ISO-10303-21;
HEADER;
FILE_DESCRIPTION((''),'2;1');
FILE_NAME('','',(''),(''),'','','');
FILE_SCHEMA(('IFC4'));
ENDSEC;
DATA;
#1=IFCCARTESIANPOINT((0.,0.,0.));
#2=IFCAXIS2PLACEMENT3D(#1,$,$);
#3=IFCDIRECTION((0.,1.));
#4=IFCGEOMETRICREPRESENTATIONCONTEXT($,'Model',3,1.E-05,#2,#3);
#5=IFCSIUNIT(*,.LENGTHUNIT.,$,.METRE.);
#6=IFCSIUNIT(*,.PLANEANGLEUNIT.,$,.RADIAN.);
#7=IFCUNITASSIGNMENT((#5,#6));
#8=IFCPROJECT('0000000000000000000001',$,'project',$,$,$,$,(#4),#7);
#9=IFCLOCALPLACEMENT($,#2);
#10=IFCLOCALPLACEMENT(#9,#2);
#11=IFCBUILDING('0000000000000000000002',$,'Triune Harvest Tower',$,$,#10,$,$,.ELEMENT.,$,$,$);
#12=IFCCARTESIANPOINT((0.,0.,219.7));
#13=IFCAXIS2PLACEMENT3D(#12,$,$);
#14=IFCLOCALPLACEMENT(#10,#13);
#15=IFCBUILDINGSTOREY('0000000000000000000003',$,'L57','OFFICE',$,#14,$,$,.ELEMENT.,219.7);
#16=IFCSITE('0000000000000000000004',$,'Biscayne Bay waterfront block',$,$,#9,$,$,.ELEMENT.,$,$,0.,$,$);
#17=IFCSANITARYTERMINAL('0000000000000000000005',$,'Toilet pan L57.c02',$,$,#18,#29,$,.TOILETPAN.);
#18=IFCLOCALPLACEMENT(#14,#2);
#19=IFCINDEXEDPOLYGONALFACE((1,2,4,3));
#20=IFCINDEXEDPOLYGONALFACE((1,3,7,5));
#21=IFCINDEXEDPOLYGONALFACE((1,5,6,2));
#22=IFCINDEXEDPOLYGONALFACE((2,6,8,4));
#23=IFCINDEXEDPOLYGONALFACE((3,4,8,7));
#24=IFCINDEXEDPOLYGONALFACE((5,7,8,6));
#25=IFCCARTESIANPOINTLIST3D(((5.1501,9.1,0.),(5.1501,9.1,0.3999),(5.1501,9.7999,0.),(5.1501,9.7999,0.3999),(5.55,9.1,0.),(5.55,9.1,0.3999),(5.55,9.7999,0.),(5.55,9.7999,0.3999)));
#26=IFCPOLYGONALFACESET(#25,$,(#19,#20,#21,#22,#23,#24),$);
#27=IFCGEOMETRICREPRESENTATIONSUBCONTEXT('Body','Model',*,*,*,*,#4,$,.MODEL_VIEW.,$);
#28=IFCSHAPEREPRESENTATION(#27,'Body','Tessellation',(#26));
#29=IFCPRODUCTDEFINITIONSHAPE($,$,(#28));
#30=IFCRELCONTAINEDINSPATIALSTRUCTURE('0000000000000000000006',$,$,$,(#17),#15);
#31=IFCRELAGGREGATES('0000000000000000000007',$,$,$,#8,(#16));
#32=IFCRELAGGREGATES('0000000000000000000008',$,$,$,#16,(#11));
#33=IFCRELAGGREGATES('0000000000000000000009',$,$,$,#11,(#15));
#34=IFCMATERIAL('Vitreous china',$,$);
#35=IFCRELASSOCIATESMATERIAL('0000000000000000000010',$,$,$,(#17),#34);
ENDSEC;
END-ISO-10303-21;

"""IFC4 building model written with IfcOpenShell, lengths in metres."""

from ifc_helpers import new_model, si_unit, direction, frame, origin, origin_2d, place, context, subcontext, project, spatial, rectangle, extrude, source, transform, mapped, material, element, save


model = new_model("IFC4")

# Units and contexts
model_context = context("Model", 3, precision=1e-05, world=origin(), true_north=direction((0.0, 1.0)))
body_context = subcontext(model_context, "Body", "Model", "MODEL_VIEW")
ifc_project = project(units=[si_unit("LENGTHUNIT", "METRE"), si_unit("PLANEANGLEUNIT", "RADIAN")], contexts=[model_context])

# Site, building, storey
site_placement = place(None, origin())
site = spatial("IfcSite", under=ifc_project, at=site_placement, Name="Biscayne Bay waterfront block", CompositionType="ELEMENT", RefElevation=0.0)
building_placement = place(site_placement, origin())
building = spatial("IfcBuilding", under=site, at=building_placement, Name="Triune Harvest Tower", CompositionType="ELEMENT")
storey_placement = place(building_placement, frame((0.0, 0.0, 219.7)))
storey = spatial("IfcBuildingStorey", under=building, at=storey_placement, Name="L57", Description="OFFICE", CompositionType="ELEMENT", Elevation=219.7)

# Sanitary terminal
ifc_material_1 = material(Name="Vitreous china")
shared_shape_1 = source(origin(), body_context, "Body", "SweptSolid", [
    extrude(rectangle(XDim=0.3999, YDim=0.7, at=origin_2d()), origin(), (0.0, 0.0, 1.0), 0.3999),
])
for number, where, z_axis, x_axis, name in (
    (1, (5.3501, 9.45, 0.0), (0.0, 0.0, 1.0), (1.0, 0.0, 0.0), "Toilet pan L57.c02"),
):
    element("IfcSanitaryTerminal", number, at=place(storey_placement, frame(where, z_axis=z_axis, x_axis=x_axis)), inside=storey, material=ifc_material_1, Name=name, PredefinedType="TOILETPAN", context=body_context, shape_type="MappedRepresentation", body=[
        mapped(shared_shape_1, transform((0.0, 0.0, 0.0), scale=1.0)),
    ])

save(model, "model.ifc")
